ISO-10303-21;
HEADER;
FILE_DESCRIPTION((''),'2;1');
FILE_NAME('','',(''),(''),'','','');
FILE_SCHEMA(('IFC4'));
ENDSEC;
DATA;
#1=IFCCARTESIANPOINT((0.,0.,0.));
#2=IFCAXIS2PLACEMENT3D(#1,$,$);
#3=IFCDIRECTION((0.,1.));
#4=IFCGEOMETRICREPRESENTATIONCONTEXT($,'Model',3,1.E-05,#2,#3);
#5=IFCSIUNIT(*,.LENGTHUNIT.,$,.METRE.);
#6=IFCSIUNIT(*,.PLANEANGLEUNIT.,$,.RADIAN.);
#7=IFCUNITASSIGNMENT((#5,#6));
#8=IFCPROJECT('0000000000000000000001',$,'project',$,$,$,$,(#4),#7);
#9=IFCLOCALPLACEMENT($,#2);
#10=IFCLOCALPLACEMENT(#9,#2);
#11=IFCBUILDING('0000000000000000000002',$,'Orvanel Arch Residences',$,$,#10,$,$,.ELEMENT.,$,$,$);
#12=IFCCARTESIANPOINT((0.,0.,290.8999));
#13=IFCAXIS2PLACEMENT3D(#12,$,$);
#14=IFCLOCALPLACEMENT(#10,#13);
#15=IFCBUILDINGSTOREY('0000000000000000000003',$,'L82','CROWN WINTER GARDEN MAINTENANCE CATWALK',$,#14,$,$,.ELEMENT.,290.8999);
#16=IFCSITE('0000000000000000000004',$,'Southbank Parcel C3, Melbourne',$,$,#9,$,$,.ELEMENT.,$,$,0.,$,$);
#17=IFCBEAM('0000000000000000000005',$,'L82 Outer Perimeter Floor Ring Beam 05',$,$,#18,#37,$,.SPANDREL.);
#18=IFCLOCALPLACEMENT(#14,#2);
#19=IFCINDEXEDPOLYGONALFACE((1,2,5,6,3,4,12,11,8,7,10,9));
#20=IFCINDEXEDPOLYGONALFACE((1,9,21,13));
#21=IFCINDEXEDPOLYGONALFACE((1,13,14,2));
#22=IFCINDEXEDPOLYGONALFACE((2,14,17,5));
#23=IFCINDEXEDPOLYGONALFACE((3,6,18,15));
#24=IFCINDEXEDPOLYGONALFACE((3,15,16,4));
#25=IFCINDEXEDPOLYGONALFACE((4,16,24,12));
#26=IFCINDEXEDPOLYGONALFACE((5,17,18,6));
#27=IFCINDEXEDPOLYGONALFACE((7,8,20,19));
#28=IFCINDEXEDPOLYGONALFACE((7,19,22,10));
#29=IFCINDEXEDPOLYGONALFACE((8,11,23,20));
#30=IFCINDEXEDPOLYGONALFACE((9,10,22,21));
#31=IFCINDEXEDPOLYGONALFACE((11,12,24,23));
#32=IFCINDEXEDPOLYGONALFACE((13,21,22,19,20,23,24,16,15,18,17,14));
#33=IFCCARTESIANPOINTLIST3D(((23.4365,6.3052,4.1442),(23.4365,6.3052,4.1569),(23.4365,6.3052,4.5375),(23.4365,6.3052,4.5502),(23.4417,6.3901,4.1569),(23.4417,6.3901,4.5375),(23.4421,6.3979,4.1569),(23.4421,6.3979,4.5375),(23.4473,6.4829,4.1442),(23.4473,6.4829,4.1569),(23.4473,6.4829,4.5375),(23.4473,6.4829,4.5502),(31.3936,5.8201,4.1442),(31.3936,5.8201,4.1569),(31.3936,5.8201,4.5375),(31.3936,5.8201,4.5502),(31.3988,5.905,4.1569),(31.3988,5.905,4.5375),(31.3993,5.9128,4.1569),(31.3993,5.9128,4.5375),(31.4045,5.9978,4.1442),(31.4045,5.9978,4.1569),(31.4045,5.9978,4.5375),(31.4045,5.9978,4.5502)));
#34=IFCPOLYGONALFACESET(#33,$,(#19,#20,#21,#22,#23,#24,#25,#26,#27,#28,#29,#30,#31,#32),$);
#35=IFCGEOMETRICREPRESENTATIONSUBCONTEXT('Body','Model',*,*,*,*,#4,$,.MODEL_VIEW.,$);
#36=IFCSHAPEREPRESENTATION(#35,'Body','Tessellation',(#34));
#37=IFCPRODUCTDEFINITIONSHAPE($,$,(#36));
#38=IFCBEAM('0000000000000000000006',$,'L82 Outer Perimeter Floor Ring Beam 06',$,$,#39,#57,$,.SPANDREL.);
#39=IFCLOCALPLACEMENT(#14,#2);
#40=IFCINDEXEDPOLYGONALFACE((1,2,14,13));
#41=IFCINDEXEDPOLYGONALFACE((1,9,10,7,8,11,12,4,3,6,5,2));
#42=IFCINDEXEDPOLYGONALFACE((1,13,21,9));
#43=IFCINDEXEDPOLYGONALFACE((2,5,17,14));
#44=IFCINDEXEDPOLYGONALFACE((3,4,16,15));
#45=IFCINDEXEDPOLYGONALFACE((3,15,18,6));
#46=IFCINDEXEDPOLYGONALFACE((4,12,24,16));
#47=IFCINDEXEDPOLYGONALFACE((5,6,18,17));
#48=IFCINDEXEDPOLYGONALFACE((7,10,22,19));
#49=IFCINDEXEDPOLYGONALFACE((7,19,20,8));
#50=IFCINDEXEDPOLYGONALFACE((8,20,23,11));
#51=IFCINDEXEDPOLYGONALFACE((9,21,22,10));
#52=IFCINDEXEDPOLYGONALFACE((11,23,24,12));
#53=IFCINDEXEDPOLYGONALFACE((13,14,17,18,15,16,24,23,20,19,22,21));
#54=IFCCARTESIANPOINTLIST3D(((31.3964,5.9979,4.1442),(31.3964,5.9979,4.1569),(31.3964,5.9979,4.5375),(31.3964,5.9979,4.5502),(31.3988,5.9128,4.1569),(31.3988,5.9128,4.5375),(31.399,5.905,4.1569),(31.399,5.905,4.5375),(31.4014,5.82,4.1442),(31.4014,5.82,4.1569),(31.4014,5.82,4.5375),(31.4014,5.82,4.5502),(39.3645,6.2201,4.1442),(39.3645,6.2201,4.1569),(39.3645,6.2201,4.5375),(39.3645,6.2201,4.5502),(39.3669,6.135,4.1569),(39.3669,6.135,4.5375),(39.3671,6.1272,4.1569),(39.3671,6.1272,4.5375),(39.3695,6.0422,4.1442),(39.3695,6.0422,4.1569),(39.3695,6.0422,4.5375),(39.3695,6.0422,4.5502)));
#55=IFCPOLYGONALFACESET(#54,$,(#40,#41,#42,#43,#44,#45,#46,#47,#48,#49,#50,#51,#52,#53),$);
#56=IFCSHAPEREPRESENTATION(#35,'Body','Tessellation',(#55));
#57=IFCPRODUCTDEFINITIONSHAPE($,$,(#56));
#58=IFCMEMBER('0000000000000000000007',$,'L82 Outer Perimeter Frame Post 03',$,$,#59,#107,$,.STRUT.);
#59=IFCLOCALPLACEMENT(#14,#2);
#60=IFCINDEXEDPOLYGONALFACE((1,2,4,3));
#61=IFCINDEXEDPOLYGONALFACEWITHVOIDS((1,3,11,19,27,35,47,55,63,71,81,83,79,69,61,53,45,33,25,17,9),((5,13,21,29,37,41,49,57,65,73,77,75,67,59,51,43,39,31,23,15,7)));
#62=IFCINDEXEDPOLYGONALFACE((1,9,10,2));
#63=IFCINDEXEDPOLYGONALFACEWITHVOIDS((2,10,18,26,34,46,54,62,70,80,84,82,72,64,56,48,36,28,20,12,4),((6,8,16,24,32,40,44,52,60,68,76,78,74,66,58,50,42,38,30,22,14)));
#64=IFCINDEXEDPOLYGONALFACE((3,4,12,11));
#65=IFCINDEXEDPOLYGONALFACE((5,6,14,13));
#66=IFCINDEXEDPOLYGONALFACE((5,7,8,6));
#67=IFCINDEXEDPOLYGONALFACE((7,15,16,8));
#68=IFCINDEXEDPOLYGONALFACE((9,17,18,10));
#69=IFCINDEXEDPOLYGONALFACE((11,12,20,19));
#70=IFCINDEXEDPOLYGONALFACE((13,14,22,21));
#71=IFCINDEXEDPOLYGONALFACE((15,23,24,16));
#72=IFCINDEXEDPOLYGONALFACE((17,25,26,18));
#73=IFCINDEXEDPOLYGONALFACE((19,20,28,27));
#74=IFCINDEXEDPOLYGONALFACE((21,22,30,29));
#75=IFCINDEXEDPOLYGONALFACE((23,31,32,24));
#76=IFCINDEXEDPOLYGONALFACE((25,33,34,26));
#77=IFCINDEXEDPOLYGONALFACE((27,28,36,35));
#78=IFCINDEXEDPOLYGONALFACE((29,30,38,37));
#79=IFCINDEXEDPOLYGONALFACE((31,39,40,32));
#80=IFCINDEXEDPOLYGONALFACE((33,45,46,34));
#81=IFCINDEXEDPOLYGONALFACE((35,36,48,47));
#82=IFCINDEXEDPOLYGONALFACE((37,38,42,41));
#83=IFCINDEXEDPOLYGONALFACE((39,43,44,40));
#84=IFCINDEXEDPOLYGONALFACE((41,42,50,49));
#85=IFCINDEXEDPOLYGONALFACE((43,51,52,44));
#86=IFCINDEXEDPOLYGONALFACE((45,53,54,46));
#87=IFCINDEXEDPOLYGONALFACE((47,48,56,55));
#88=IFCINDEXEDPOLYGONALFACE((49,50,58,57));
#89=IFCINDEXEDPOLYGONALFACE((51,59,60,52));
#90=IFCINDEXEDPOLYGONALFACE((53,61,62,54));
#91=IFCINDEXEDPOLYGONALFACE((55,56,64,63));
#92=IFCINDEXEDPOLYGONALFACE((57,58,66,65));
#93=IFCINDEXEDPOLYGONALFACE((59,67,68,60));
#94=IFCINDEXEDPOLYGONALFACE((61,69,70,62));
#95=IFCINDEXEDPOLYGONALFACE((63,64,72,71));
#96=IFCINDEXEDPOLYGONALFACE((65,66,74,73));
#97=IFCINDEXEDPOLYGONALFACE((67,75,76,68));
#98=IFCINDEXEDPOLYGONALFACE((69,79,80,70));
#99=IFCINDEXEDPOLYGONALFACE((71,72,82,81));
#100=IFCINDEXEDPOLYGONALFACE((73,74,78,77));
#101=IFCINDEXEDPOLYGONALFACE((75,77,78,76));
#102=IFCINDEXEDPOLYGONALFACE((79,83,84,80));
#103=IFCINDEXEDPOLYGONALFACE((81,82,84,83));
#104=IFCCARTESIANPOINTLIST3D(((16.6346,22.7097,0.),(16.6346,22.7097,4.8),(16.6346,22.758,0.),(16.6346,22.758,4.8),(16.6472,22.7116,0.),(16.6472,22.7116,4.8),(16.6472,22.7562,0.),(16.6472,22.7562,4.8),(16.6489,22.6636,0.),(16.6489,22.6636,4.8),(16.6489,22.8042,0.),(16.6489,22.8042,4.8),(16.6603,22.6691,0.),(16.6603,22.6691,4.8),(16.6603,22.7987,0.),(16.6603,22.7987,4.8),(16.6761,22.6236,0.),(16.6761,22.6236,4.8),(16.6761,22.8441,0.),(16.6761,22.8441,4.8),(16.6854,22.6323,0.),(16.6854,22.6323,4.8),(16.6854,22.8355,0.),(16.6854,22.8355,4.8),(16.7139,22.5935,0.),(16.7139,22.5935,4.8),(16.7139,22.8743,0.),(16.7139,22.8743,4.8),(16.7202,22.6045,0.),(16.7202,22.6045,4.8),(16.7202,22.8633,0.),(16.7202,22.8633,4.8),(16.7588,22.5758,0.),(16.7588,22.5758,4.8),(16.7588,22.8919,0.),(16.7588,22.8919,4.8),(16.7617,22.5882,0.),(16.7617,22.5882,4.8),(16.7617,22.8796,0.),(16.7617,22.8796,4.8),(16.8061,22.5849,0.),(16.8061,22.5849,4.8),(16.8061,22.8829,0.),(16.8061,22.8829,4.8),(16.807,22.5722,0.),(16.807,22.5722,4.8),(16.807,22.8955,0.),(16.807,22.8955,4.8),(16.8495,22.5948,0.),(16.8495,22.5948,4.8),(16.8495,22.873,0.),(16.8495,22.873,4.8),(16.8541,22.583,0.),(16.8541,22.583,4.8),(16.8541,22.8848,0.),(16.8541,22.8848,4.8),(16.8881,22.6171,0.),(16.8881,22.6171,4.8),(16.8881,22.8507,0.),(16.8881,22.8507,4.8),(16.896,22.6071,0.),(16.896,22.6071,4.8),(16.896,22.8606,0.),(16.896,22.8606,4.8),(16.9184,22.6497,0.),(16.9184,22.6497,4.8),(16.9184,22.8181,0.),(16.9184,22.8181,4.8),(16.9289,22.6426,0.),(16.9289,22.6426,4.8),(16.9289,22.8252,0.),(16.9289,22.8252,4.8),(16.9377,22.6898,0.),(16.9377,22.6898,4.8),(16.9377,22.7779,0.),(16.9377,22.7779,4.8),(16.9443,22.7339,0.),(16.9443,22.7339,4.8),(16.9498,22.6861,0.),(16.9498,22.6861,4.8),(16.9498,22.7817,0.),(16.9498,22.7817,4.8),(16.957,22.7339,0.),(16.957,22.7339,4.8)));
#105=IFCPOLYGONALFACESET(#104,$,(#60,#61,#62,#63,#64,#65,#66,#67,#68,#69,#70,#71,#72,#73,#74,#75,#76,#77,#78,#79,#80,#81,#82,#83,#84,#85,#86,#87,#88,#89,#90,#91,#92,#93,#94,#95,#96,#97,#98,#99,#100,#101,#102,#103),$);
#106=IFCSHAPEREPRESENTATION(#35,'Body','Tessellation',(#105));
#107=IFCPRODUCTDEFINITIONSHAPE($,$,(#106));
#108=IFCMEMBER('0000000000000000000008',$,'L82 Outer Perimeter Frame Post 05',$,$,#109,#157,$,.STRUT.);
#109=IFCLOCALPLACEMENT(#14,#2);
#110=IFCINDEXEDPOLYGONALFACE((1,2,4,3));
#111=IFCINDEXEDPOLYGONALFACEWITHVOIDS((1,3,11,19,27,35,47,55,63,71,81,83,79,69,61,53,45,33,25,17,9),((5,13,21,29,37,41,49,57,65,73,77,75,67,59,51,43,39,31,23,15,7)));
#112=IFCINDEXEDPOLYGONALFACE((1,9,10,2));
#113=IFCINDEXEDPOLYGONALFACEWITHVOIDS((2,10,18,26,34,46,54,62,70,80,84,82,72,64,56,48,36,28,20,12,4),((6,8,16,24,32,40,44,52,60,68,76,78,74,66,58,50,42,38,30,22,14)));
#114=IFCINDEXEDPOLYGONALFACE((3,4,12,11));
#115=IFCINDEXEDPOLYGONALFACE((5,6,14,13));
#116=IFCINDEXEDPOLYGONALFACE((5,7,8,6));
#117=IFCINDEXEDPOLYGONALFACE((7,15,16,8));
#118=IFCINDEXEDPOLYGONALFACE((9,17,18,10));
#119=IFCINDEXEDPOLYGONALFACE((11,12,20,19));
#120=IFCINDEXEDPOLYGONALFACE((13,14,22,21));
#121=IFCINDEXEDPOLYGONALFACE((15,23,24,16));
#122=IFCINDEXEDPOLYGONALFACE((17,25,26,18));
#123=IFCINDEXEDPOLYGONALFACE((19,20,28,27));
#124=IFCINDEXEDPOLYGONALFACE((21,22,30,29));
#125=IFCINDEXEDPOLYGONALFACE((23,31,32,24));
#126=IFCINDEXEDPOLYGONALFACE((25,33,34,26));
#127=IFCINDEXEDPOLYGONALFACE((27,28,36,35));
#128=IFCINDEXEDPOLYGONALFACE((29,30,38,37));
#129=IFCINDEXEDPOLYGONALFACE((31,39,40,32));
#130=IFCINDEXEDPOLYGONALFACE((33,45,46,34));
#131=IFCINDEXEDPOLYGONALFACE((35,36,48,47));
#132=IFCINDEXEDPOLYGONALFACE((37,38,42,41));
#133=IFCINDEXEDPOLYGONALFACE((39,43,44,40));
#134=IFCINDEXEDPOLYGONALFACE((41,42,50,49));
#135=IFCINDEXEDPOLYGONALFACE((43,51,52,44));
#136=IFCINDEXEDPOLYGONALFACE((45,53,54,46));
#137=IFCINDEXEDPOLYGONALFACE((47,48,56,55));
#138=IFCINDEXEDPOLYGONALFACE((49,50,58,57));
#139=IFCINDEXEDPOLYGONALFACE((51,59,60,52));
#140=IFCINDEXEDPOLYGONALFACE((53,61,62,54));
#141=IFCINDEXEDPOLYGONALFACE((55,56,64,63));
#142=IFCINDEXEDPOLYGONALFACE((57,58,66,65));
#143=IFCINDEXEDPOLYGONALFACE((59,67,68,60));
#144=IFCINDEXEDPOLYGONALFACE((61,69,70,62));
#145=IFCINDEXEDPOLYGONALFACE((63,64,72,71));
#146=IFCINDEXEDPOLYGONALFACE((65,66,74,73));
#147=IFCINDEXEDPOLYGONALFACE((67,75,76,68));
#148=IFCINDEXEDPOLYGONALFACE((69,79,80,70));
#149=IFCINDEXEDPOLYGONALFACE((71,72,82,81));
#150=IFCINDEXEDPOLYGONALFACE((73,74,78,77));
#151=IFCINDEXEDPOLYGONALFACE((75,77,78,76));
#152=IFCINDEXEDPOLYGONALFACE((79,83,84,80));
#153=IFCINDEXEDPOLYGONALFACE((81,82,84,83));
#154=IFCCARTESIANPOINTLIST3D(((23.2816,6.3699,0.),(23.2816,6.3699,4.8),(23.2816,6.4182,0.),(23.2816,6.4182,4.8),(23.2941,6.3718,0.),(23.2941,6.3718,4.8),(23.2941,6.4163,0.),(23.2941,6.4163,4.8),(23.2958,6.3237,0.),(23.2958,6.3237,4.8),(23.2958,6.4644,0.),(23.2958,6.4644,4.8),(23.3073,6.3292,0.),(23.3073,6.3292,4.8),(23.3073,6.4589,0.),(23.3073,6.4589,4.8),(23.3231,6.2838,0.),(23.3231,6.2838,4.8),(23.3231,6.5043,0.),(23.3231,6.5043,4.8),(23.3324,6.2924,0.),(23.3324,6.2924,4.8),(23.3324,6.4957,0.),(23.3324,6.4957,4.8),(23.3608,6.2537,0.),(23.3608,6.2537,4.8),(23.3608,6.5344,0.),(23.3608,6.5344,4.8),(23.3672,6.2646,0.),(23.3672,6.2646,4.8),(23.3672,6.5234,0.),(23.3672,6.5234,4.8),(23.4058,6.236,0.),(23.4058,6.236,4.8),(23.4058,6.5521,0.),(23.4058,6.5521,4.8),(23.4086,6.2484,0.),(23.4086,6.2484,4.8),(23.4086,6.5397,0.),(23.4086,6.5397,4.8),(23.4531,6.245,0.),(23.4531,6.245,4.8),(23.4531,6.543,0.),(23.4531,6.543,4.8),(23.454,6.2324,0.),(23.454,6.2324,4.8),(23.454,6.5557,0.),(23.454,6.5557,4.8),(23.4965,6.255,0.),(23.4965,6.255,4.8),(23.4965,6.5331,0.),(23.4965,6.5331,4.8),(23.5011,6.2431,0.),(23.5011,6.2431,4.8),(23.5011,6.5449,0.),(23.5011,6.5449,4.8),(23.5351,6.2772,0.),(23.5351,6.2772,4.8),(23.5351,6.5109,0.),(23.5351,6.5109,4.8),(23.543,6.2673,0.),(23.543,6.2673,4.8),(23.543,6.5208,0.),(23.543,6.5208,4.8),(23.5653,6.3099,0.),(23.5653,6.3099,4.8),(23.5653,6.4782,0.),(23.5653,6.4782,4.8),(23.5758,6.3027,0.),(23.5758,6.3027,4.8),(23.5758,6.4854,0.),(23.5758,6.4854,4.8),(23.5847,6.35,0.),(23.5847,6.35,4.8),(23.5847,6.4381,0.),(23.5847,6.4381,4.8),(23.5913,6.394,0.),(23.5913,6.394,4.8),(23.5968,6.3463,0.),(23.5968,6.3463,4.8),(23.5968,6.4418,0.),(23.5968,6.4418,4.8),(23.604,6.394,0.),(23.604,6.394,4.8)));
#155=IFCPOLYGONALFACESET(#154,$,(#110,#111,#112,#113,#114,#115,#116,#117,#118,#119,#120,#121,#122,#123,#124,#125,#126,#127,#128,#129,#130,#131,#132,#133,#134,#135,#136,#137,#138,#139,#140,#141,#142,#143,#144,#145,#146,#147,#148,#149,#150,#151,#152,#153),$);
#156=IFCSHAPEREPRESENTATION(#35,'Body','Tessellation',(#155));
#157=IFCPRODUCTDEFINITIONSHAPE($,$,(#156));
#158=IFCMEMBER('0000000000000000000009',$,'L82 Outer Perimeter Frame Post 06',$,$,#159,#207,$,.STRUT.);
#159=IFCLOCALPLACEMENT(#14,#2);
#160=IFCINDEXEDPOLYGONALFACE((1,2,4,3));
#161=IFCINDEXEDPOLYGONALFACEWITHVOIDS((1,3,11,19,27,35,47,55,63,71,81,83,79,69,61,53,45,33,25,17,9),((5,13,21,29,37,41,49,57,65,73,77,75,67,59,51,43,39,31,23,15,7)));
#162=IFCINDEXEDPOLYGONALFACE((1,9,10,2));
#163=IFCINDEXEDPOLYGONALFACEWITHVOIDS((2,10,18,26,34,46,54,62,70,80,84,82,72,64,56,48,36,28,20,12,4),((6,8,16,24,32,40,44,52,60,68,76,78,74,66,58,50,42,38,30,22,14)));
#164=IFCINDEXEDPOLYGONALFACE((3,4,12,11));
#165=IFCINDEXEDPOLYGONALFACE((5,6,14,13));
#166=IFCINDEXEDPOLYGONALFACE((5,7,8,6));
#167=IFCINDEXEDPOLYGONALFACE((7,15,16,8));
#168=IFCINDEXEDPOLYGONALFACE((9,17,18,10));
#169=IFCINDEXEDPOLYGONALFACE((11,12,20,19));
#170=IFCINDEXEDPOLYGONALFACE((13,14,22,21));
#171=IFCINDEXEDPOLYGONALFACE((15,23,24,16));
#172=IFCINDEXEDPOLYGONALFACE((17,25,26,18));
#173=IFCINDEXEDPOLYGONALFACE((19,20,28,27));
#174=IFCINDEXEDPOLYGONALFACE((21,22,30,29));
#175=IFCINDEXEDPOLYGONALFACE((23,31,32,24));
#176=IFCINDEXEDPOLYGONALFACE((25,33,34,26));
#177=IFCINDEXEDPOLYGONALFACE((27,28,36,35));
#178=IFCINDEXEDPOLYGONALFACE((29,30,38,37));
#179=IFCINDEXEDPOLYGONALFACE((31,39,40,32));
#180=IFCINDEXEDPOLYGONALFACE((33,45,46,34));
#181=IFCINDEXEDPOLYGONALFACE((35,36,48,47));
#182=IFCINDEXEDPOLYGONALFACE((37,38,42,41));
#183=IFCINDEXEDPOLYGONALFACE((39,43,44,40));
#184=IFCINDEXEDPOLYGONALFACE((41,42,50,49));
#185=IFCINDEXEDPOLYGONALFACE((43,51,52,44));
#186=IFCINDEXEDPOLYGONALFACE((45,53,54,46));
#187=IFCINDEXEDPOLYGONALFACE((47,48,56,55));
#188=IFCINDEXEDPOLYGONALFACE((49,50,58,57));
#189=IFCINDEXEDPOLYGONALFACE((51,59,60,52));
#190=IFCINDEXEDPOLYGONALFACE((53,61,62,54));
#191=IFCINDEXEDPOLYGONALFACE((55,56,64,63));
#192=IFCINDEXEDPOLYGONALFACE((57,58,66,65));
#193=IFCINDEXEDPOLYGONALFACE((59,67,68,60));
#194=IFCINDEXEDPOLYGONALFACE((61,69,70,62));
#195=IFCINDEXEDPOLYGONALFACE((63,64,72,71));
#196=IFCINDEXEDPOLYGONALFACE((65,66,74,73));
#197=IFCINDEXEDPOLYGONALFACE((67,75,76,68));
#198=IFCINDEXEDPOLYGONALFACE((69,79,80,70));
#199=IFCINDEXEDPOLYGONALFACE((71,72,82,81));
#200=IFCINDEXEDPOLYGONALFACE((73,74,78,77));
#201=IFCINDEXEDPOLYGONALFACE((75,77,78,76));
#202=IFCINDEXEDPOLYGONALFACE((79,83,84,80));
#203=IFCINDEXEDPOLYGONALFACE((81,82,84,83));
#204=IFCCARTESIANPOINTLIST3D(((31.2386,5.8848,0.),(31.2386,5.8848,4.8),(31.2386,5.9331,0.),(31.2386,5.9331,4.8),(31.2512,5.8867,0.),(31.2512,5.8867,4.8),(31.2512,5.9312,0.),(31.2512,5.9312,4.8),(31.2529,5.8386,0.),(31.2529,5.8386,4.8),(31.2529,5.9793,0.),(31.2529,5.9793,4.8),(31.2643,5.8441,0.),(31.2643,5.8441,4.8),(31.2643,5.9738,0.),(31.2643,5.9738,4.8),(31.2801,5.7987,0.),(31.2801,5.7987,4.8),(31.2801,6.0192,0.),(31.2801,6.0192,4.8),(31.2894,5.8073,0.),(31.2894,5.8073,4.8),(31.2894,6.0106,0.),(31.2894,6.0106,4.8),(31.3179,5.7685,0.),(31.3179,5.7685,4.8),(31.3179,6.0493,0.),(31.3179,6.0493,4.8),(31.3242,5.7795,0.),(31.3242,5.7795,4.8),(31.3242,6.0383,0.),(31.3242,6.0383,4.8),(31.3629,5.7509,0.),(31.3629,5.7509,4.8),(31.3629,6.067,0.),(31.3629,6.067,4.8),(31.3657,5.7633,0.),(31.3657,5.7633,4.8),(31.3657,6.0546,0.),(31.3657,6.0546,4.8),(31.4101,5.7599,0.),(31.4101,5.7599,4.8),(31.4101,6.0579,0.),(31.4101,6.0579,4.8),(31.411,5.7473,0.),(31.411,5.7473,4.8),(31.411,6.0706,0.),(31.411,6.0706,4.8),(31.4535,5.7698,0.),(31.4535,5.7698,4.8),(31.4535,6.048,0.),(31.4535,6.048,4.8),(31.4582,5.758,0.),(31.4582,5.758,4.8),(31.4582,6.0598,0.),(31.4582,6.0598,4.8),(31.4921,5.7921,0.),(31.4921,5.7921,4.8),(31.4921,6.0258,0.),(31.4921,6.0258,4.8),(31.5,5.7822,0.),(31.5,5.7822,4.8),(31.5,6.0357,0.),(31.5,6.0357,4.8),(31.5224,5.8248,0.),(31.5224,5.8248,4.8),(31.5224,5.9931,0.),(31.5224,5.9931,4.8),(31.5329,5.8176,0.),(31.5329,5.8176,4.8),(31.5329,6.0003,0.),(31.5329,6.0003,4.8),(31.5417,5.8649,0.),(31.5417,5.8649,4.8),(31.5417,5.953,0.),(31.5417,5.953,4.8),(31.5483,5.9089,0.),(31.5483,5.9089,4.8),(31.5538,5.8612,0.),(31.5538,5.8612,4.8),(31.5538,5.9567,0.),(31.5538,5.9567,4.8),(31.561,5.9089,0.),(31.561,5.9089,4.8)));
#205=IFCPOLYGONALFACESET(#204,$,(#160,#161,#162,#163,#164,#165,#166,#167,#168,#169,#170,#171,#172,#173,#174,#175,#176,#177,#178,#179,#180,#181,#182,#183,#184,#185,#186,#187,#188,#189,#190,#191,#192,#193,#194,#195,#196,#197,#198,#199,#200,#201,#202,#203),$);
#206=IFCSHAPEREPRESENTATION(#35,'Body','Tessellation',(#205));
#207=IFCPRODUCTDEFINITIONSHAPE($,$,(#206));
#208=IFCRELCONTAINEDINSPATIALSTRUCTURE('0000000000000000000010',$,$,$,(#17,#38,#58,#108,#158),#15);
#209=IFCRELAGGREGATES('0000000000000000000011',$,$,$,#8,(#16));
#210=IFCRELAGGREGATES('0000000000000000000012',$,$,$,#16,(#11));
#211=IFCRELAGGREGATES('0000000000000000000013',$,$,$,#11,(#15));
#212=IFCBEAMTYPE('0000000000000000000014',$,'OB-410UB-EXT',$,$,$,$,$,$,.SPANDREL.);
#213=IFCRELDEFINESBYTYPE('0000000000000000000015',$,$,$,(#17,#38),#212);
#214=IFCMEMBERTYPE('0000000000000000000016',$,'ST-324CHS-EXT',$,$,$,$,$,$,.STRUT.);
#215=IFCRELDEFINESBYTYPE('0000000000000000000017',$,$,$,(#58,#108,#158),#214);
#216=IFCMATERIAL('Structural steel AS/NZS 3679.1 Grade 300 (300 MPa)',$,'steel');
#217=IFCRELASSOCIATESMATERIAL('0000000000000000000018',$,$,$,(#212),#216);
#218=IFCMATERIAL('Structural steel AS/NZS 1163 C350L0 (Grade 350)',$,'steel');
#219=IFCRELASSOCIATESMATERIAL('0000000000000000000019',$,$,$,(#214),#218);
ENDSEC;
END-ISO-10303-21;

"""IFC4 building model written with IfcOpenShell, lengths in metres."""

from ifc_helpers import new_model, si_unit, direction, frame, origin, origin_2d, place, context, subcontext, project, spatial, hollow_circle, i_section, extrude, material, material_profile, profile_set, type_object, element, save


model = new_model("IFC4")

# Units and contexts
model_context = context("Model", 3, precision=1e-05, world=origin(), true_north=direction((0.0, 1.0)))
body_context = subcontext(model_context, "Body", "Model", "MODEL_VIEW")
ifc_project = project(units=[si_unit("LENGTHUNIT", "METRE"), si_unit("PLANEANGLEUNIT", "RADIAN")], contexts=[model_context])

# Site, building, storey
site_placement = place(None, origin())
site = spatial("IfcSite", under=ifc_project, at=site_placement, Name="Southbank Parcel C3, Melbourne", CompositionType="ELEMENT", RefElevation=0.0)
building_placement = place(site_placement, origin())
building = spatial("IfcBuilding", under=site, at=building_placement, Name="Orvanel Arch Residences", CompositionType="ELEMENT")
storey_placement = place(building_placement, frame((0.0, 0.0, 290.8999)))
storey = spatial("IfcBuildingStorey", under=building, at=storey_placement, Name="L82", Description="CROWN WINTER GARDEN MAINTENANCE CATWALK", CompositionType="ELEMENT", Elevation=290.8999)

# Beams
ifc_material_1 = material(Name="Structural steel AS/NZS 3679.1 Grade 300 (300 MPa)", Category="steel")
ifc_material_profile_1 = material_profile(ifc_material_1, i_section(OverallWidth=0.178, OverallDepth=0.406, WebThickness=0.0078, FlangeThickness=0.0127, at=origin_2d()), Name="410UB59.7")
ifc_profile_set_1 = profile_set([ifc_material_profile_1], Name="Structural steel AS/NZS 3679.1 Grade 300 (300 MPa)")
beam_type_1 = type_object("IfcBeamType", Name="OB-410UB-EXT", PredefinedType="SPANDREL", material=ifc_profile_set_1)
beam_1_placement = place(storey_placement, frame((23.4419, 6.394, 4.3472), z_axis=(0.998147, -0.060853, 0.0), x_axis=(0.060853, 0.998147, 0.0)))
element("IfcBeam", 1, at=beam_1_placement, inside=storey, type_object=beam_type_1, Name="L82 Outer Perimeter Floor Ring Beam 05", PredefinedType="SPANDREL", context=body_context, shape_type="SweptSolid", body=[
    extrude(i_section(OverallWidth=0.178, OverallDepth=0.406, WebThickness=0.0078, FlangeThickness=0.0127, at=origin_2d()), origin(), (0.0, 0.0, 1.0), 7.9719),
])
beam_2_placement = place(storey_placement, frame((31.3989, 5.9089, 4.3472), z_axis=(0.999612, 0.027872, 0.0), x_axis=(-0.027872, 0.999612, 0.0)))
element("IfcBeam", 2, at=beam_2_placement, inside=storey, type_object=beam_type_1, Name="L82 Outer Perimeter Floor Ring Beam 06", PredefinedType="SPANDREL", context=body_context, shape_type="SweptSolid", body=[
    extrude(i_section(OverallWidth=0.178, OverallDepth=0.406, WebThickness=0.0078, FlangeThickness=0.0127, at=origin_2d()), origin(), (0.0, 0.0, 1.0), 7.9712),
])

# Members
ifc_material_2 = material(Name="Structural steel AS/NZS 1163 C350L0 (Grade 350)", Category="steel")
ifc_material_profile_2 = material_profile(ifc_material_2, hollow_circle(Radius=0.1621, WallThickness=0.0127, at=origin_2d()), Name="CHS324x12.7")
ifc_profile_set_2 = profile_set([ifc_material_profile_2], Name="Structural steel AS/NZS 1163 C350L0 (Grade 350)")
member_type_1 = type_object("IfcMemberType", Name="ST-324CHS-EXT", PredefinedType="STRUT", material=ifc_profile_set_2)
for number, where, z_axis, x_axis, name in (
    (3, (16.7949, 22.7339, 0.0), (0.0, 0.0, 1.0), (1.0, 0.0, 0.0), "L82 Outer Perimeter Frame Post 03"),
    (4, (23.4419, 6.394, 0.0), (0.0, 0.0, 1.0), (1.0, 0.0, 0.0), "L82 Outer Perimeter Frame Post 05"),
    (5, (31.3989, 5.9089, 0.0), (0.0, 0.0, 1.0), (1.0, 0.0, 0.0), "L82 Outer Perimeter Frame Post 06"),
):
    element("IfcMember", number, at=place(storey_placement, frame(where, z_axis=z_axis, x_axis=x_axis)), inside=storey, type_object=member_type_1, Name=name, PredefinedType="STRUT", context=body_context, shape_type="SweptSolid", body=[
        extrude(hollow_circle(Radius=0.1621, WallThickness=0.0127, at=origin_2d()), origin(), (0.0, 0.0, 1.0), 4.8),
    ])

save(model, "model.ifc")
